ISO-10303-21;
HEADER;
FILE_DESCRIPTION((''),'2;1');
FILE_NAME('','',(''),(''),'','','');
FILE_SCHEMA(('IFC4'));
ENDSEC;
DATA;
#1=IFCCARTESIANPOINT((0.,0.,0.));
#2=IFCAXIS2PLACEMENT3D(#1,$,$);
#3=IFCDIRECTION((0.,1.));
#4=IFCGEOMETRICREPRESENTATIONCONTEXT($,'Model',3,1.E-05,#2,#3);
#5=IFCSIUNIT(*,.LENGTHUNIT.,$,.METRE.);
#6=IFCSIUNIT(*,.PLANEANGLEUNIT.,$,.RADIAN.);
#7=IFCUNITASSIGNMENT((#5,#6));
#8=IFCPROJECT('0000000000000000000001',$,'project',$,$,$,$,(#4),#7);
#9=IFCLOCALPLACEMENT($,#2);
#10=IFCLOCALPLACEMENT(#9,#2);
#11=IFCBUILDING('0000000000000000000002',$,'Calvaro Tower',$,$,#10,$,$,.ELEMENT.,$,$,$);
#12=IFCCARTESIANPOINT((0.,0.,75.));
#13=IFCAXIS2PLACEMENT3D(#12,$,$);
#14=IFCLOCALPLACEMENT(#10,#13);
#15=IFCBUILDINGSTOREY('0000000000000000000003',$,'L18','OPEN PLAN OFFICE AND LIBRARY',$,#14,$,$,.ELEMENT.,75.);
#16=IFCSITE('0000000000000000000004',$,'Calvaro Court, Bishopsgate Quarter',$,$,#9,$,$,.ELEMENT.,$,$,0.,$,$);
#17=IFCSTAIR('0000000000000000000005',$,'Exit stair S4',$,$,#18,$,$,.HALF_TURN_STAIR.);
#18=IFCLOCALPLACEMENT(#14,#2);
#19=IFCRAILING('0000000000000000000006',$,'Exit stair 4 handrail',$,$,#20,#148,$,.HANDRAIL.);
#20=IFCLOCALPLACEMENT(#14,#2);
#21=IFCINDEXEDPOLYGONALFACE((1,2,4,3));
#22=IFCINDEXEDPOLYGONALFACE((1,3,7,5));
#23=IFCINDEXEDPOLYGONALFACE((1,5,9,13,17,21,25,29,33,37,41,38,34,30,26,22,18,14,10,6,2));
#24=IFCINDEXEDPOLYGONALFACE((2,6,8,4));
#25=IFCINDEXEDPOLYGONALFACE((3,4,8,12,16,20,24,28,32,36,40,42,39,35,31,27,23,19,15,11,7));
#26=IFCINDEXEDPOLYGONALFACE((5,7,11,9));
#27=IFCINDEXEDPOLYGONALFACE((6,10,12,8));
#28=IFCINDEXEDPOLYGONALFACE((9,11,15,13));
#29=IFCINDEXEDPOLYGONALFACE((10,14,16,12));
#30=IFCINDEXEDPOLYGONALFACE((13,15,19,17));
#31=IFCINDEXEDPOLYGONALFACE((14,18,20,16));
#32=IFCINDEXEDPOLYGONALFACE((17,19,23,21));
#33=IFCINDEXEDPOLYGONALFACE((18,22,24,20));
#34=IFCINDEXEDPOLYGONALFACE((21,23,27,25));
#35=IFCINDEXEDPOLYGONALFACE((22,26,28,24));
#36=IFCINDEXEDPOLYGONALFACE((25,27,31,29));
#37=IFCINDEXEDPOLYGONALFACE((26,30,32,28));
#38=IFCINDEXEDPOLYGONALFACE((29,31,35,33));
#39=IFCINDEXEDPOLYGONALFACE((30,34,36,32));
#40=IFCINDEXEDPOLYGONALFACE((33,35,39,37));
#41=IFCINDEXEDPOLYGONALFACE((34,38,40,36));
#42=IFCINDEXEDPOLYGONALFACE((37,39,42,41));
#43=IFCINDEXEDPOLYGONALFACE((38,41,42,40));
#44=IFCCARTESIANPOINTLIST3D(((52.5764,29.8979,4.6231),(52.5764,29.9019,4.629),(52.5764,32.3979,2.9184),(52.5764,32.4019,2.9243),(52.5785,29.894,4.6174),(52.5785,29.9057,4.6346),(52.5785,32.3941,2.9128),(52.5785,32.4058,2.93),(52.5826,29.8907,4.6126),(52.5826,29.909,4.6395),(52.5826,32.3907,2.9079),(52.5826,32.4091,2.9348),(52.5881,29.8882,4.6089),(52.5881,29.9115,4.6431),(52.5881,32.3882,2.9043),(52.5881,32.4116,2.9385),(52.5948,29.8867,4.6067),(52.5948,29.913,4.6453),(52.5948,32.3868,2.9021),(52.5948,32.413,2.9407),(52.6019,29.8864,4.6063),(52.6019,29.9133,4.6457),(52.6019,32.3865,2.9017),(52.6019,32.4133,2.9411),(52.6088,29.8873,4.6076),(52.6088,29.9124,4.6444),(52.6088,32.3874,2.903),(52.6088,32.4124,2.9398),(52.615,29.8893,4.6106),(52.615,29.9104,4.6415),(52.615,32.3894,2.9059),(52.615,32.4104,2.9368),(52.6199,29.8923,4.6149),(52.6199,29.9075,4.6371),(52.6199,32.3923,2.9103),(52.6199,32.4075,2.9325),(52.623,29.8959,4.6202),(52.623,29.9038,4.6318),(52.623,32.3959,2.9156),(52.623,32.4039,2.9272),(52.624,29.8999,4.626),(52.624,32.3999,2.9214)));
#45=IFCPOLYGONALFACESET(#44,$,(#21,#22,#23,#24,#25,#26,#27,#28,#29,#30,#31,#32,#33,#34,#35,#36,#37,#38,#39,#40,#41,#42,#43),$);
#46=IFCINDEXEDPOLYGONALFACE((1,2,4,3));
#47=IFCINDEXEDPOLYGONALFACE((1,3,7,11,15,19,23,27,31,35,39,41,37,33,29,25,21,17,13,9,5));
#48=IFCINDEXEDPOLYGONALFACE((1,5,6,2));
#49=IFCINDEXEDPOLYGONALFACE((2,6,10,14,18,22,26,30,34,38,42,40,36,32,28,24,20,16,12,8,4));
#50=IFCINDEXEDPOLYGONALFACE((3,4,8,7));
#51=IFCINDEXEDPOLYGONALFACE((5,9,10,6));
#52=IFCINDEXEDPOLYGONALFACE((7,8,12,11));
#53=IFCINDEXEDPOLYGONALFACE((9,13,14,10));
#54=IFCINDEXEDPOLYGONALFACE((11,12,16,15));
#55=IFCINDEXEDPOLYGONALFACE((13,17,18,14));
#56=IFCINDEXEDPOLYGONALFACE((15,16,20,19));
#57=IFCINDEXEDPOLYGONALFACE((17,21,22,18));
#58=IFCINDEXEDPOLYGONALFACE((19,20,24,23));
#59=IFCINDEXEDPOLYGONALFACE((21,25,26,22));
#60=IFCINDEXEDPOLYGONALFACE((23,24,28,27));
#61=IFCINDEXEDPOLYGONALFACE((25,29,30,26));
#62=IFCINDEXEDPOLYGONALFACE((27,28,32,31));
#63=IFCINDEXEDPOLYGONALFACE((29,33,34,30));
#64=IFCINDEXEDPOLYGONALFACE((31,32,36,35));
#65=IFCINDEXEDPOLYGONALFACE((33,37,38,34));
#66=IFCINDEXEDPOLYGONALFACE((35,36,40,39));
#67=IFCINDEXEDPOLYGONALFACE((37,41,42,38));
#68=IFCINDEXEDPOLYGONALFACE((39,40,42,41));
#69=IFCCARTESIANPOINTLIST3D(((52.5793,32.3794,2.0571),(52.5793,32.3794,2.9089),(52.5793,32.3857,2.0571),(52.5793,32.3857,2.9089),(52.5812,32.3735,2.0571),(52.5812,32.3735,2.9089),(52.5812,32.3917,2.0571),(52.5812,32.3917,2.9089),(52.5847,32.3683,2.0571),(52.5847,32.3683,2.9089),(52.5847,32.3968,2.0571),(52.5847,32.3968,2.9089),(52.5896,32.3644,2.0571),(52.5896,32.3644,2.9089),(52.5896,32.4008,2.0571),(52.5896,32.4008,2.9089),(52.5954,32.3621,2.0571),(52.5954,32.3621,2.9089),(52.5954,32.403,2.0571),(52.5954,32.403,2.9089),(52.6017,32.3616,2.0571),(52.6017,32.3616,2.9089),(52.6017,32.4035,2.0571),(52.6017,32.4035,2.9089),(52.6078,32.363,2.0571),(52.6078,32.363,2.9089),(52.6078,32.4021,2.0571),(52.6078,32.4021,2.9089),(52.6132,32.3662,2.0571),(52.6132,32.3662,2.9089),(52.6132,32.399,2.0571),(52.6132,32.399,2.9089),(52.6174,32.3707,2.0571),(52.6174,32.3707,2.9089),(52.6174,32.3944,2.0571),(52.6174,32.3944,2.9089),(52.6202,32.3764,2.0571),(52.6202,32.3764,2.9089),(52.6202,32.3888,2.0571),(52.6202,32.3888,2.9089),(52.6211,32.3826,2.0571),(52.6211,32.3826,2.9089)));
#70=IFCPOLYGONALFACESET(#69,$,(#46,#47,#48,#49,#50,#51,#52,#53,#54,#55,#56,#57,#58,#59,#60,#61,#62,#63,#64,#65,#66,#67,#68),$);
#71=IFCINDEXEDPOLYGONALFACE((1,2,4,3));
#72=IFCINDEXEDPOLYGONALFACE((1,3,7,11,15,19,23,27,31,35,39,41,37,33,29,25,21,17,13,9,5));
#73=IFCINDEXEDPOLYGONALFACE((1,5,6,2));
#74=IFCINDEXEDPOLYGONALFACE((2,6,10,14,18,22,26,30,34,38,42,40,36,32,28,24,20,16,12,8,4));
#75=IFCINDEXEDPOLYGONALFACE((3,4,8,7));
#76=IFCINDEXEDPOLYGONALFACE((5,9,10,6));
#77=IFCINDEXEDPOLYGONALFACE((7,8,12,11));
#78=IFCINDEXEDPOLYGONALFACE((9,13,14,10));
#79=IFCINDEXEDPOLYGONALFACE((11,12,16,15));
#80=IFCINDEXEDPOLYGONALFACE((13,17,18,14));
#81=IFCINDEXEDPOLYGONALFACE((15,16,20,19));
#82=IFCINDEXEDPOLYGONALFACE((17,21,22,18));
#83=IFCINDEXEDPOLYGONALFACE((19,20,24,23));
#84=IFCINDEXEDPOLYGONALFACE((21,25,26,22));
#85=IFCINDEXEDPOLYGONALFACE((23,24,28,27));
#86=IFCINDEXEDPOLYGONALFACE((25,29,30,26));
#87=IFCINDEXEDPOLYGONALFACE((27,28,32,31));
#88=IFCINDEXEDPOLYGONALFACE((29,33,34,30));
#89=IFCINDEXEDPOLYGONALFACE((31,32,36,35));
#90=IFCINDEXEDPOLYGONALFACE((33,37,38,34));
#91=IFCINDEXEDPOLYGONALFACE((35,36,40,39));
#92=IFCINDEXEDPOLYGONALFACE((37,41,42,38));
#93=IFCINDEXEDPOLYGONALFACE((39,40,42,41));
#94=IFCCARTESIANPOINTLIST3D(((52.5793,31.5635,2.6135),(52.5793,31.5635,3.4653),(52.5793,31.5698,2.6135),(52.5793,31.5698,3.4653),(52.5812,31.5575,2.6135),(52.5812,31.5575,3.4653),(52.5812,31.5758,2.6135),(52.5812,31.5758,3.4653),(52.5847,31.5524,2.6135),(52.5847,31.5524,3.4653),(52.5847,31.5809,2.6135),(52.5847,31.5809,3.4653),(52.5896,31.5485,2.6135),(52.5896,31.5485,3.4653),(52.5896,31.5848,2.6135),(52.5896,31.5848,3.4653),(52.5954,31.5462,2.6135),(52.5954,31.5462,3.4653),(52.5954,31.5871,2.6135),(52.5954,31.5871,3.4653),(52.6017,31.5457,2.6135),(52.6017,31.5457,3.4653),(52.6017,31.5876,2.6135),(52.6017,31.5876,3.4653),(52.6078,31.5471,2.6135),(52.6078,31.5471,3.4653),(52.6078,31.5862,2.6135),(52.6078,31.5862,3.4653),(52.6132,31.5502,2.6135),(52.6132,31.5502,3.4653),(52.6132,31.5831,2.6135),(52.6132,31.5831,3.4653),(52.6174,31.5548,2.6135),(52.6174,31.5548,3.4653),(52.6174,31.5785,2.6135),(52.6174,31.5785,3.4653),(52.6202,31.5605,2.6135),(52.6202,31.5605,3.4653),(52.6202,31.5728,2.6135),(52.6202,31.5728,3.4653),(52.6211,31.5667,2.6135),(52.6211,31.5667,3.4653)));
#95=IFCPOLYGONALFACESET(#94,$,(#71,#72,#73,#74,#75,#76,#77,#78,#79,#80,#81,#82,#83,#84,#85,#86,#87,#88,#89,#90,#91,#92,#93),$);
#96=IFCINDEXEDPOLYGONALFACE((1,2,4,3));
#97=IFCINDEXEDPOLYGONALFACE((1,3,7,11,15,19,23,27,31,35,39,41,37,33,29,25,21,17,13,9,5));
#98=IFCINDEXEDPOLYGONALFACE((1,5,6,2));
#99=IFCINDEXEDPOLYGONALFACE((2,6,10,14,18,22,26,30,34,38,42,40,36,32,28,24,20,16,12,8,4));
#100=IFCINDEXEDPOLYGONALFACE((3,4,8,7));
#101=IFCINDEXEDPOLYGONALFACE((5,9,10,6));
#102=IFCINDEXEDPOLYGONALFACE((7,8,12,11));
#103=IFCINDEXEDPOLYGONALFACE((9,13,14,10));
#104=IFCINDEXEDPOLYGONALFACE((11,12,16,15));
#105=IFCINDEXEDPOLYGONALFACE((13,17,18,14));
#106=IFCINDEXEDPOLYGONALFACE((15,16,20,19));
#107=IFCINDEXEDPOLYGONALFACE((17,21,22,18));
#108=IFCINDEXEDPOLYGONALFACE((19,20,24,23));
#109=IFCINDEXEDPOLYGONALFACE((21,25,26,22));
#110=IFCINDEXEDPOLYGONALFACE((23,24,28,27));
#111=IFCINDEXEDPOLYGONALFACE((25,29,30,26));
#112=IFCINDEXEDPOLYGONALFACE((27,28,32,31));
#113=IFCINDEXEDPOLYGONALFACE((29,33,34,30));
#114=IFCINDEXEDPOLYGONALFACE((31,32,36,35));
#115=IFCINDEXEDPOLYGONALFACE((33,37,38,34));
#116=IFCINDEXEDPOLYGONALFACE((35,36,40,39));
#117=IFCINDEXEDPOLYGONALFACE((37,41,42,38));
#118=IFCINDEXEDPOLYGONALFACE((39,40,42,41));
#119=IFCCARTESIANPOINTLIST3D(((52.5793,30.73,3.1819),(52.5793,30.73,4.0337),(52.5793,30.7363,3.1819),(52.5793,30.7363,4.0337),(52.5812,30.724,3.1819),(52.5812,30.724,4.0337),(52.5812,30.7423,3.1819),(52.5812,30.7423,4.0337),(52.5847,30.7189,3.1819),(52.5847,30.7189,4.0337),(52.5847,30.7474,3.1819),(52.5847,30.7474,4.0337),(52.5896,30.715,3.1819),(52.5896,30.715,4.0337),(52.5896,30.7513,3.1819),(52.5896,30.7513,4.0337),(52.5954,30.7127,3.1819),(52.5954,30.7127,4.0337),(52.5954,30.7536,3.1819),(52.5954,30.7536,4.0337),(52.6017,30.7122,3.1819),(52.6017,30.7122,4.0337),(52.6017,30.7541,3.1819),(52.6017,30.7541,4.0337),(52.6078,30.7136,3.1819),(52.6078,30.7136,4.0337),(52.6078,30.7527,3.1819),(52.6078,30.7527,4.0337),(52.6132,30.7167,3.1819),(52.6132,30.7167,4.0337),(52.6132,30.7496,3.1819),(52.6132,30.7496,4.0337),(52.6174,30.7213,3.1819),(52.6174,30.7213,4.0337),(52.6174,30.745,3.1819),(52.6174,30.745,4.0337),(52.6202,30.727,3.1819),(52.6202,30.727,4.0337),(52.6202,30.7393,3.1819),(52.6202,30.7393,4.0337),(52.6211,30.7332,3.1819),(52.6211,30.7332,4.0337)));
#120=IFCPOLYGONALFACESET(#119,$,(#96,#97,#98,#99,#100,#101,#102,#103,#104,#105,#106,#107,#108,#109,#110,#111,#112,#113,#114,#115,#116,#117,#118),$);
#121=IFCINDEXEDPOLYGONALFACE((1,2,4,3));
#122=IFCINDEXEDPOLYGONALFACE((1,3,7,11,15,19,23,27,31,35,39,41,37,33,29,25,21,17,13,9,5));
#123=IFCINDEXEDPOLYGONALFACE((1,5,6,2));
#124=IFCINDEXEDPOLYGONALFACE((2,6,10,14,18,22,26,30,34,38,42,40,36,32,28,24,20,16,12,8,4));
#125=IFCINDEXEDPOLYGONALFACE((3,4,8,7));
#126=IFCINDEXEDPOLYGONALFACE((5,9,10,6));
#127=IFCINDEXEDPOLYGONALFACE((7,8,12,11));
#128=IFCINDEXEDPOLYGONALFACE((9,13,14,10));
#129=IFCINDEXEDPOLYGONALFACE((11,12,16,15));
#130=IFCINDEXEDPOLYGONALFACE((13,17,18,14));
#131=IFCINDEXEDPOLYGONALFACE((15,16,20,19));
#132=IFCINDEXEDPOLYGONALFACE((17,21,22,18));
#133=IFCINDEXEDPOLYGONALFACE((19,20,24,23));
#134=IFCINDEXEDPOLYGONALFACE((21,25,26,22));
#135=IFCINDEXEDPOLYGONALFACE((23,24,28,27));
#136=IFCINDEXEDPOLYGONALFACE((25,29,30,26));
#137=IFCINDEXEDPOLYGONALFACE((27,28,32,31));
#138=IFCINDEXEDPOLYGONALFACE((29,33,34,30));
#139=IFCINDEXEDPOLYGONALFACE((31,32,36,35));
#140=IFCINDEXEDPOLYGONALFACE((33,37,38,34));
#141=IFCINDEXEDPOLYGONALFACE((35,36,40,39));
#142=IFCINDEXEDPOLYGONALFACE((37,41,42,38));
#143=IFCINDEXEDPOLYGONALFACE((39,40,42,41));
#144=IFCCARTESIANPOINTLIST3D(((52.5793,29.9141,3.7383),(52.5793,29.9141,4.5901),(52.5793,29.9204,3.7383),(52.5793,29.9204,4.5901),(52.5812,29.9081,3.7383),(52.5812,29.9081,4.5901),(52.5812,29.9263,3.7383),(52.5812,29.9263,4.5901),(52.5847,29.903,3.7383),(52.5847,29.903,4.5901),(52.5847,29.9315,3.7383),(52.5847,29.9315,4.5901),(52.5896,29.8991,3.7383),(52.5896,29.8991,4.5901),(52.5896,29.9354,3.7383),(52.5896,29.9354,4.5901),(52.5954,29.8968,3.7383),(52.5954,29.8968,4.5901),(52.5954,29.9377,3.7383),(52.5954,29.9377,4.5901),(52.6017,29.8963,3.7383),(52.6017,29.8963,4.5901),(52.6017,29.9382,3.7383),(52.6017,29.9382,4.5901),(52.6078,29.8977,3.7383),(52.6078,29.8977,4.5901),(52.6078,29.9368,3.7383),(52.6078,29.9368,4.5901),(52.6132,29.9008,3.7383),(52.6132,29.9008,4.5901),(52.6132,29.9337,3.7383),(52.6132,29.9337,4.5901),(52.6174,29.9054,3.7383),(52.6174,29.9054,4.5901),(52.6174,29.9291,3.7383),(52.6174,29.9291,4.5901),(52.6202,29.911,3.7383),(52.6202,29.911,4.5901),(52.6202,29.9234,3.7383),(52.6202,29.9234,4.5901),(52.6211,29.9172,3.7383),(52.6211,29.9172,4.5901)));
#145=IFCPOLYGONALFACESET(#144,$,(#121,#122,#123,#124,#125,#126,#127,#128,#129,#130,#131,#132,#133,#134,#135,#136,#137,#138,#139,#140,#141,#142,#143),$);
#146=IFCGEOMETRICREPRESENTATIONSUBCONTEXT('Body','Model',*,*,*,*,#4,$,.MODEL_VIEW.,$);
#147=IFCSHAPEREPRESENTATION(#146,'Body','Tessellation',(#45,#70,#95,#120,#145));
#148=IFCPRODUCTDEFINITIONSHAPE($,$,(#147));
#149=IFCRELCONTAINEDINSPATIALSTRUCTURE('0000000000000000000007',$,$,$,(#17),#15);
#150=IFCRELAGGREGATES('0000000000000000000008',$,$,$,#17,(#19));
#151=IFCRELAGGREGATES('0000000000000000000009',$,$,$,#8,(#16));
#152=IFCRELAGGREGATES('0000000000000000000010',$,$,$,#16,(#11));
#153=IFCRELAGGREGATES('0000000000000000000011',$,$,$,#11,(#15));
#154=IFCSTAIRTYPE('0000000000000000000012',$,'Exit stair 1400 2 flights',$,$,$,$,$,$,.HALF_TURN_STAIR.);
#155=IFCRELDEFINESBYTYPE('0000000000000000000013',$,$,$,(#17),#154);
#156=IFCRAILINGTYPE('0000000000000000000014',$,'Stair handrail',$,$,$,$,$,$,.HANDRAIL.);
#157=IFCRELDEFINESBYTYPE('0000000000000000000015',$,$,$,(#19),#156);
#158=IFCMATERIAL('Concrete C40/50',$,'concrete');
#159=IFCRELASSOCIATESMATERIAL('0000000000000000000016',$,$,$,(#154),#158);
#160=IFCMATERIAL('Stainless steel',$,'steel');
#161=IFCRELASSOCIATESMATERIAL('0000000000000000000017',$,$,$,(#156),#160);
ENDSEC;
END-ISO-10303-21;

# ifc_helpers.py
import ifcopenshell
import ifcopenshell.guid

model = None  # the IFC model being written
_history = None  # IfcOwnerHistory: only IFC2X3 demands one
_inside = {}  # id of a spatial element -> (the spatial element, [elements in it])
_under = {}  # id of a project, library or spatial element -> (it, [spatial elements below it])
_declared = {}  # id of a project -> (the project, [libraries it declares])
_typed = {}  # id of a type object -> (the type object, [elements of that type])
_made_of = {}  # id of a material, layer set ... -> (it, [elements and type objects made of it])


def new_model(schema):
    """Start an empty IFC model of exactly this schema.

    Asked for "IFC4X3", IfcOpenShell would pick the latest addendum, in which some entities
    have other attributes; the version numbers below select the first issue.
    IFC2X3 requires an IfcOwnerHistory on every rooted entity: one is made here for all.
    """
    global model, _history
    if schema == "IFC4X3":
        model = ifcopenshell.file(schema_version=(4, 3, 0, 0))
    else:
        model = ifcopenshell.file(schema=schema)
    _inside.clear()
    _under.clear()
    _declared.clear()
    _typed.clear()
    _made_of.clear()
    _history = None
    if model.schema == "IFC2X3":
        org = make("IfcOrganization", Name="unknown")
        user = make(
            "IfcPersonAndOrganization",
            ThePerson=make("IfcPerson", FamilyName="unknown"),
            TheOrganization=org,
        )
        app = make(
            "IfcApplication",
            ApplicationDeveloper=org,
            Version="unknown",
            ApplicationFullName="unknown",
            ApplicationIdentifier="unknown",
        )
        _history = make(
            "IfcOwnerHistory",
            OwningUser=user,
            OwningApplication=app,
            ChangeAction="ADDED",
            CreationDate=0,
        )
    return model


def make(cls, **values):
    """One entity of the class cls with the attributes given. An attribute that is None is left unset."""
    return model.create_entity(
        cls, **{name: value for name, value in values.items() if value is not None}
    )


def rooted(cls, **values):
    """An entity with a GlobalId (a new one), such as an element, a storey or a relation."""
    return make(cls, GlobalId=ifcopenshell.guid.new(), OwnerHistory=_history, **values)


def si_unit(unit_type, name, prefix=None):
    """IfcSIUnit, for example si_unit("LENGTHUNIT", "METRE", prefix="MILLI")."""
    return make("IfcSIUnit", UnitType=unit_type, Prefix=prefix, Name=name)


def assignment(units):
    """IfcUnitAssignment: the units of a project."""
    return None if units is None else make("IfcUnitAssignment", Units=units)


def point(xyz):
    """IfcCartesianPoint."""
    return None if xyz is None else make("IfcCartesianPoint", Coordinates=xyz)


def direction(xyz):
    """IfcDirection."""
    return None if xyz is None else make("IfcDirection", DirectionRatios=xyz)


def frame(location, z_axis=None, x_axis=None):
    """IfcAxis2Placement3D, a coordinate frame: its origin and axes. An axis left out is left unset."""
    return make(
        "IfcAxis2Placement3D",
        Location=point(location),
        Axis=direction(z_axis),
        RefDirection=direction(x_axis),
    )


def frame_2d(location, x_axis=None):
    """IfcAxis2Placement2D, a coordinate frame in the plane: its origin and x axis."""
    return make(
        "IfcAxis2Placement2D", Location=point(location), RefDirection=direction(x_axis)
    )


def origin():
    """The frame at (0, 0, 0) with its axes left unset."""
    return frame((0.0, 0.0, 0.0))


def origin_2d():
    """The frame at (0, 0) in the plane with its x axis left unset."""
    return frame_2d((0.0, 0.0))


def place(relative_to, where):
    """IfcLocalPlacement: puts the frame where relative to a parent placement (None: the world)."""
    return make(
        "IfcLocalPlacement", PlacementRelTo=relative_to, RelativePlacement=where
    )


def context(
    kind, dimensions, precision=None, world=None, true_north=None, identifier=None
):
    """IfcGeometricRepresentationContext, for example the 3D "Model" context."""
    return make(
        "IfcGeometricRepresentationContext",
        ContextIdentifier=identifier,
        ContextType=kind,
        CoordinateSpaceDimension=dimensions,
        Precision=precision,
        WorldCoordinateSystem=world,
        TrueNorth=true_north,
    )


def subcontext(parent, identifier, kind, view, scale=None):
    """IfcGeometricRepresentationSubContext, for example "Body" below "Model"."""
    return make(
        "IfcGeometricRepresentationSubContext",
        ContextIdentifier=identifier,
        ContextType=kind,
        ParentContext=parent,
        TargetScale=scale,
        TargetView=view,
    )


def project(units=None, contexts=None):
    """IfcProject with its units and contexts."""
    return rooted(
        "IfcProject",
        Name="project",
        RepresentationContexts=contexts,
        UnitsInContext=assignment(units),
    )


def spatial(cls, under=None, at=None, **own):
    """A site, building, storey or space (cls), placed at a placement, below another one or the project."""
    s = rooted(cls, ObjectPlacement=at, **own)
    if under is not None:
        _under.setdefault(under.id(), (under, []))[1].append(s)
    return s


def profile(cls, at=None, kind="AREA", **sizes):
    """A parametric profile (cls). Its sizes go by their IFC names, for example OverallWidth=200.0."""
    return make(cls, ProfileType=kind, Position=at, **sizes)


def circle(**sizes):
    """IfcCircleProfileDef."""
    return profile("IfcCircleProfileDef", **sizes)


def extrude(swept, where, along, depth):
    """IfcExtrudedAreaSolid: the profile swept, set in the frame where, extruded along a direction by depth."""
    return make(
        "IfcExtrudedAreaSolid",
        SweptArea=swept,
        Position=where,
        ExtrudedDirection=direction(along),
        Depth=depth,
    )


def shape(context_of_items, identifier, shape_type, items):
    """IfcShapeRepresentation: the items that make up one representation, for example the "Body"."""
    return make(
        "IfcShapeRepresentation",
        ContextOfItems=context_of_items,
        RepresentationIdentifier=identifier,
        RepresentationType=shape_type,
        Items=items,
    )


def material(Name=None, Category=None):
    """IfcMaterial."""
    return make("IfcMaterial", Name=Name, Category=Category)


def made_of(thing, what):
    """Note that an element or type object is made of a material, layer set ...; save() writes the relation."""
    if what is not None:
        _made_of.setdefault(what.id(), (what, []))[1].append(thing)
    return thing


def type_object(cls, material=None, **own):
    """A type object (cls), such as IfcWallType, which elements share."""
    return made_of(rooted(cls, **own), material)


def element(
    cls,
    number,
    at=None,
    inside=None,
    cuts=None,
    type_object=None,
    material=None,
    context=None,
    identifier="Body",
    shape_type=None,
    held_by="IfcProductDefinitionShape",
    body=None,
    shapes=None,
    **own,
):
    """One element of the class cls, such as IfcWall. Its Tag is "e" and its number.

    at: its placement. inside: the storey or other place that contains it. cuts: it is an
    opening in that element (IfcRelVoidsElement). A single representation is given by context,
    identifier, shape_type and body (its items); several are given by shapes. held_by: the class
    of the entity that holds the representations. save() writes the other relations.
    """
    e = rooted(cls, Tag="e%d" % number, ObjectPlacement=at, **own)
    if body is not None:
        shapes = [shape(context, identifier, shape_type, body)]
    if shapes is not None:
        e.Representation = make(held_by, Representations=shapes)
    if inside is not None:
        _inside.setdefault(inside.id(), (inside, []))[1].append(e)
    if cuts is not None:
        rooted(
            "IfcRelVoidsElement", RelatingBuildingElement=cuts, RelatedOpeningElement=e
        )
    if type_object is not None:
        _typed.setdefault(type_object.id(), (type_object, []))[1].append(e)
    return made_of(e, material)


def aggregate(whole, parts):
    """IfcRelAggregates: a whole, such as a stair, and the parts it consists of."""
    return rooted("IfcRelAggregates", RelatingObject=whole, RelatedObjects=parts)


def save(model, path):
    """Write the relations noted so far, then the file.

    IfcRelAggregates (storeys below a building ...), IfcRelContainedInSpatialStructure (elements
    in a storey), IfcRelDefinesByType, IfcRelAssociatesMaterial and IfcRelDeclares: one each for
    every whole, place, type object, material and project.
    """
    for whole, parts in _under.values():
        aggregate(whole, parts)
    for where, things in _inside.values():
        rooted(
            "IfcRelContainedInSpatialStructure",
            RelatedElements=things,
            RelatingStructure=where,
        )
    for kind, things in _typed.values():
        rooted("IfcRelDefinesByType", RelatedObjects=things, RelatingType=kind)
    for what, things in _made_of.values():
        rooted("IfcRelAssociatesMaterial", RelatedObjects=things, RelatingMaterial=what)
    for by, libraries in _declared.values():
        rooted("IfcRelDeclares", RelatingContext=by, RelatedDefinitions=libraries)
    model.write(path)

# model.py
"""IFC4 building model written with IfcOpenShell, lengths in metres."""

from ifc_helpers import new_model, si_unit, direction, frame, origin, origin_2d, place, context, subcontext, project, spatial, circle, extrude, material, type_object, element, aggregate, save


model = new_model("IFC4")

# Units and contexts
model_context = context("Model", 3, precision=1e-05, world=origin(), true_north=direction((0.0, 1.0)))
body_context = subcontext(model_context, "Body", "Model", "MODEL_VIEW")
ifc_project = project(units=[si_unit("LENGTHUNIT", "METRE"), si_unit("PLANEANGLEUNIT", "RADIAN")], contexts=[model_context])

# Site, building, storey
site_placement = place(None, origin())
site = spatial("IfcSite", under=ifc_project, at=site_placement, Name="Calvaro Court, Bishopsgate Quarter", CompositionType="ELEMENT", RefElevation=0.0)
building_placement = place(site_placement, origin())
building = spatial("IfcBuilding", under=site, at=building_placement, Name="Calvaro Tower", CompositionType="ELEMENT")
storey_placement = place(building_placement, frame((0.0, 0.0, 75.0)))
storey = spatial("IfcBuildingStorey", under=building, at=storey_placement, Name="L18", Description="OPEN PLAN OFFICE AND LIBRARY", CompositionType="ELEMENT", Elevation=75.0)

# Stair
ifc_material_1 = material(Name="Concrete C40/50", Category="concrete")
stair_type = type_object("IfcStairType", Name="Exit stair 1400 2 flights", PredefinedType="HALF_TURN_STAIR", material=ifc_material_1)
stair_1_placement = place(storey_placement, origin())
stair_1 = element("IfcStair", 1, at=stair_1_placement, inside=storey, type_object=stair_type, Name="Exit stair S4", PredefinedType="HALF_TURN_STAIR")

# Railing
ifc_material_2 = material(Name="Stainless steel", Category="steel")
railing_type = type_object("IfcRailingType", Name="Stair handrail", PredefinedType="HANDRAIL", material=ifc_material_2)
railing_1_placement = place(storey_placement, frame((52.6001, 32.3999, 2.0454)))
railing_1 = element("IfcRailing", 2, at=railing_1_placement, type_object=railing_type, Name="Exit stair 4 handrail", PredefinedType="HANDRAIL", context=body_context, shape_type="SweptSolid", body=[
    extrude(circle(Radius=0.0239, at=origin_2d()), frame((0.0, 0.0, 0.876), z_axis=(0.0, -0.826221, 0.563347), x_axis=(1.0, 0.0, 0.0)), (0.0, 0.0, 1.0), 3.0259),
    extrude(circle(Radius=0.021, at=origin_2d()), frame((0.0, -0.0173, 0.0117)), (0.0, 0.0, 1.0), 0.8518),
    extrude(circle(Radius=0.021, at=origin_2d()), frame((0.0, -0.8333, 0.5681)), (0.0, 0.0, 1.0), 0.8518),
    extrude(circle(Radius=0.021, at=origin_2d()), frame((0.0, -1.6667, 1.1365)), (0.0, 0.0, 1.0), 0.8518),
    extrude(circle(Radius=0.021, at=origin_2d()), frame((0.0, -2.4827, 1.6929)), (0.0, 0.0, 1.0), 0.8518),
])
aggregate(stair_1, [railing_1])

save(model, "model.ifc")
